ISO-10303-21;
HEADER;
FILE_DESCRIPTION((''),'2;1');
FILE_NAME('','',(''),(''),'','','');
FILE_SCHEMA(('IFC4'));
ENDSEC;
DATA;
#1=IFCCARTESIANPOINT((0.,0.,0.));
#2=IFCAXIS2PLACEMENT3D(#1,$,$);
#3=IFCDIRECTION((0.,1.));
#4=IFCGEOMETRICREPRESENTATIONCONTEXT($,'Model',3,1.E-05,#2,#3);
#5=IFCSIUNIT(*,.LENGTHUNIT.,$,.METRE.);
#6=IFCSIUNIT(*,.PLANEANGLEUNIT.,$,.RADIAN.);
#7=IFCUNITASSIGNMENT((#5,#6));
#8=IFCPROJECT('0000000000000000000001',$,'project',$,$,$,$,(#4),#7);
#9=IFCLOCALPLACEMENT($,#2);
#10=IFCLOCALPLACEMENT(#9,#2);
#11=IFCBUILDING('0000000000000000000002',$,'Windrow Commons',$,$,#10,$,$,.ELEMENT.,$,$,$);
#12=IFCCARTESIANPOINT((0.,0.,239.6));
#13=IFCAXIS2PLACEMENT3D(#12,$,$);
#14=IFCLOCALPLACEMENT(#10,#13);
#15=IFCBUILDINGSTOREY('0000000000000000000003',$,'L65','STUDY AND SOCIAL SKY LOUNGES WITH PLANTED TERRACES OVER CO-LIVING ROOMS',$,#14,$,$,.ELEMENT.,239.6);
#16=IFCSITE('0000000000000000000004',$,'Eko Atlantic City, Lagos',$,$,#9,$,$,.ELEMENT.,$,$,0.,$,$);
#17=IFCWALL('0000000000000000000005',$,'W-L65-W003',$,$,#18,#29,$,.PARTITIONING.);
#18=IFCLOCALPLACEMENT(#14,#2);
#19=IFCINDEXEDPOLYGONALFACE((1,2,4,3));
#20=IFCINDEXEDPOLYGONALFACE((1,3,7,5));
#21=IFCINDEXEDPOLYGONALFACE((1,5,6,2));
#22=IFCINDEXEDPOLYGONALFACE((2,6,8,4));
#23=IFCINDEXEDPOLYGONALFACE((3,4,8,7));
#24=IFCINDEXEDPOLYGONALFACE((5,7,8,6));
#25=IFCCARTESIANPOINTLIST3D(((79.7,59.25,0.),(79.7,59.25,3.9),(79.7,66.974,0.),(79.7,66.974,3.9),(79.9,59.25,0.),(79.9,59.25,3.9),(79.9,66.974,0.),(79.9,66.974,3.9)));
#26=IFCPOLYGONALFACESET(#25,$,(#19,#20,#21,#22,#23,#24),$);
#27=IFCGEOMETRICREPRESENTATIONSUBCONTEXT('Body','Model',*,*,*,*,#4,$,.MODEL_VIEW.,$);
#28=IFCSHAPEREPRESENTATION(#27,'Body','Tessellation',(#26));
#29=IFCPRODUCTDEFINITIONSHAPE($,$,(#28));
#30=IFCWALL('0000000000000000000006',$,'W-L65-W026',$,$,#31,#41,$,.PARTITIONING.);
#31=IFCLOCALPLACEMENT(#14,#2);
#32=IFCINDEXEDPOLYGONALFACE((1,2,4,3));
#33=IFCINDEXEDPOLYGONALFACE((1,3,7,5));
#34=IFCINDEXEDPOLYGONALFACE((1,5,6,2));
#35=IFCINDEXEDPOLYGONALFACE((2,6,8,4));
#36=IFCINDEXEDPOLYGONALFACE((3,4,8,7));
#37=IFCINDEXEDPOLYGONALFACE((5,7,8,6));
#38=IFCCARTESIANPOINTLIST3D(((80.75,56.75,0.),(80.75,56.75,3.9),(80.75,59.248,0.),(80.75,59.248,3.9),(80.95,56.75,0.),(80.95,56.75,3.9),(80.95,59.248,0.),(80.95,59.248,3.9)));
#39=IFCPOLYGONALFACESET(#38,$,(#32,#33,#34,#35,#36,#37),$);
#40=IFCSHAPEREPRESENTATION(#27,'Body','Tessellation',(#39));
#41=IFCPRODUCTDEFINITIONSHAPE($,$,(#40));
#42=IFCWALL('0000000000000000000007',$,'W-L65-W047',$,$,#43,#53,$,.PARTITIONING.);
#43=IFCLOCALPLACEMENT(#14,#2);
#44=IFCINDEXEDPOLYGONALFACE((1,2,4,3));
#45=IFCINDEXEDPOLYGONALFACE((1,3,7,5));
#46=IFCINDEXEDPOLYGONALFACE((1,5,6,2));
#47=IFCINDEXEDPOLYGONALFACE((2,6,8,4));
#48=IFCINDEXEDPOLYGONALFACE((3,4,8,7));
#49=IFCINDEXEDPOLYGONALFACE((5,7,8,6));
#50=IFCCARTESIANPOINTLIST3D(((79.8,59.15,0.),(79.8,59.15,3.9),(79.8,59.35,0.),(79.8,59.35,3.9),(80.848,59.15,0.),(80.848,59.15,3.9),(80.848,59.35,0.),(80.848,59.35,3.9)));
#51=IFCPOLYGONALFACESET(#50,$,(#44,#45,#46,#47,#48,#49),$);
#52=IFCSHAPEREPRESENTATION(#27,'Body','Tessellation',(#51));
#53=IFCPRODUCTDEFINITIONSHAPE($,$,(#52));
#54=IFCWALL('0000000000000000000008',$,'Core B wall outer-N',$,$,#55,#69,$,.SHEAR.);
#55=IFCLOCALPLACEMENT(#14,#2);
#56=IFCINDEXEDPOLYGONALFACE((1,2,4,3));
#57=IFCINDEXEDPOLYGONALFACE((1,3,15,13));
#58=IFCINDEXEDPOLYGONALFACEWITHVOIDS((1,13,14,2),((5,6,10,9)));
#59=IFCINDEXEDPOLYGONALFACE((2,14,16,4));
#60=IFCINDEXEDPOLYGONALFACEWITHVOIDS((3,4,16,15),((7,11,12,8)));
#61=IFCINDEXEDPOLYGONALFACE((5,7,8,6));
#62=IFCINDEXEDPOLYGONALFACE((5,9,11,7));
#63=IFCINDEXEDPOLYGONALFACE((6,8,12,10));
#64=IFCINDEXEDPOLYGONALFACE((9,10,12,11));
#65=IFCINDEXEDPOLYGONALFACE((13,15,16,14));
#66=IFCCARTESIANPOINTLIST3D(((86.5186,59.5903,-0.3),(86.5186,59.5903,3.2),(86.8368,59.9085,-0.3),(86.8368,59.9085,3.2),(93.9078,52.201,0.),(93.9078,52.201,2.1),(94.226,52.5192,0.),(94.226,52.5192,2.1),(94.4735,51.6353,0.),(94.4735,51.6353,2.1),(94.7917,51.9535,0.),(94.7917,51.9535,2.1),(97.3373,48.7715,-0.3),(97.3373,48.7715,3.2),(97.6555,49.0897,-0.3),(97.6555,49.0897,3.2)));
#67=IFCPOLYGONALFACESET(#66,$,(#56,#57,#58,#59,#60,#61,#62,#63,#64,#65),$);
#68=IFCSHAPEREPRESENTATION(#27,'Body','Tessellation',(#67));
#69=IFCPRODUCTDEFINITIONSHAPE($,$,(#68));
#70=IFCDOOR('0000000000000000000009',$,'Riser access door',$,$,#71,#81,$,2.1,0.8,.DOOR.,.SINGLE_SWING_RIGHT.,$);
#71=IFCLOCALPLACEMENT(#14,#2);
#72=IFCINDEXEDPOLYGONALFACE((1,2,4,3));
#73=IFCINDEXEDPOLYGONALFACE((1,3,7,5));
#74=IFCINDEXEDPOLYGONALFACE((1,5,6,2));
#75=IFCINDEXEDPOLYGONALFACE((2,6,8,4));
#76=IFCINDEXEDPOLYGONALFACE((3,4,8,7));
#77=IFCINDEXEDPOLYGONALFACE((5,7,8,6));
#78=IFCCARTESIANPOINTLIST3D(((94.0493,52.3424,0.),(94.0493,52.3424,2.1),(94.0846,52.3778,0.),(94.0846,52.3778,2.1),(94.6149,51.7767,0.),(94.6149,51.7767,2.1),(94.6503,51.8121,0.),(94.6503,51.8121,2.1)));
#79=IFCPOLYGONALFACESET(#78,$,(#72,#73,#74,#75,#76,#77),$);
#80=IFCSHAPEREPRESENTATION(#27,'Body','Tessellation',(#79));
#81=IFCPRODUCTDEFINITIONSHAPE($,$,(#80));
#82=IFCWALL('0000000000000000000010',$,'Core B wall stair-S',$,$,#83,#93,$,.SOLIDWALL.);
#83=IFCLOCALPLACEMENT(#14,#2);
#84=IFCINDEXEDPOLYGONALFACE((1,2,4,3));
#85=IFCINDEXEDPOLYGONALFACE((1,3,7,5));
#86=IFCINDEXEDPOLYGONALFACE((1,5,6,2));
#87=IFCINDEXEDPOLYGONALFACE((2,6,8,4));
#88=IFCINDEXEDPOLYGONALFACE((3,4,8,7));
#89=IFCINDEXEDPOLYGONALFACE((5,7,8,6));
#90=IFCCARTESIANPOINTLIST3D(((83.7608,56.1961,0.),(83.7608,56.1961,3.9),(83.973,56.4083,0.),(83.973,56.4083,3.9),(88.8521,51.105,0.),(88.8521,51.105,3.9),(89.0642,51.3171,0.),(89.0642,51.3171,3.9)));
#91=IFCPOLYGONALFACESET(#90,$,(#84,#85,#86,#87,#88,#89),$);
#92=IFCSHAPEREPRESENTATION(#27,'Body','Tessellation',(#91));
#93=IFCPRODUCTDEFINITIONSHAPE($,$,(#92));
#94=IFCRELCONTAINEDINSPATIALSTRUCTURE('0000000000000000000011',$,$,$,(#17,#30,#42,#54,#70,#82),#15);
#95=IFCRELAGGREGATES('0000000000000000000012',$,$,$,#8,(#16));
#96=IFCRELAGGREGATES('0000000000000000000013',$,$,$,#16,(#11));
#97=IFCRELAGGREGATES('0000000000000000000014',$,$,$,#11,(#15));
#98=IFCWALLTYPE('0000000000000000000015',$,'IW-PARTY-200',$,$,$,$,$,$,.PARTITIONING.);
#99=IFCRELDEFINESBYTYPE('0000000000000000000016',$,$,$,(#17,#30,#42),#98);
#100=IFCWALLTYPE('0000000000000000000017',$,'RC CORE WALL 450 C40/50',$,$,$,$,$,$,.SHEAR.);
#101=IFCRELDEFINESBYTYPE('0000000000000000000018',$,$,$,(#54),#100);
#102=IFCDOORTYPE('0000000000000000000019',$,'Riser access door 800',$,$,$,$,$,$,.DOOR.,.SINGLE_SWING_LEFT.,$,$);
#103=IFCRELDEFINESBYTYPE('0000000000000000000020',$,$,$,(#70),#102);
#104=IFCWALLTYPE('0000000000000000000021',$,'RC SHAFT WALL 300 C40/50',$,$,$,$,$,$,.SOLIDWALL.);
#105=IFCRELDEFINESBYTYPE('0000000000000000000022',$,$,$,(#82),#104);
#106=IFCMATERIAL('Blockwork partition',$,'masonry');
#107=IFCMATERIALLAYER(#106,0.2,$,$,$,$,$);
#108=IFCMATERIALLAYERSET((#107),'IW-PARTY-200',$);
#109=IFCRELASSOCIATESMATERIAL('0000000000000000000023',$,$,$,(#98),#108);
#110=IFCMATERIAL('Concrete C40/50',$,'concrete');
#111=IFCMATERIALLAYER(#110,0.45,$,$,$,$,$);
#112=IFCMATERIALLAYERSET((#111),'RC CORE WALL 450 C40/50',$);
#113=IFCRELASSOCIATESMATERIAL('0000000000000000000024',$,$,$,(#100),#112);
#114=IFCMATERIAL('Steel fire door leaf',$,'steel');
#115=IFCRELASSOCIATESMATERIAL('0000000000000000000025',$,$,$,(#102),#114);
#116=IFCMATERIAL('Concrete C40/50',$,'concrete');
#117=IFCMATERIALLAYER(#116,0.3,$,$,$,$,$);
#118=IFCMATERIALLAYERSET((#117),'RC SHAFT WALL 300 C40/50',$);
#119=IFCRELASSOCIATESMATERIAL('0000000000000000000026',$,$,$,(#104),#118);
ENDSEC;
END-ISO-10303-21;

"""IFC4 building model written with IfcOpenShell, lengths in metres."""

from ifc_helpers import new_model, si_unit, direction, frame, frame_2d, origin, place, context, subcontext, project, spatial, rectangle, extrude, material, layer, layer_set, type_object, element, fill, save


model = new_model("IFC4")

# Units and contexts
model_context = context("Model", 3, precision=1e-05, world=origin(), true_north=direction((0.0, 1.0)))
body_context = subcontext(model_context, "Body", "Model", "MODEL_VIEW")
ifc_project = project(units=[si_unit("LENGTHUNIT", "METRE"), si_unit("PLANEANGLEUNIT", "RADIAN")], contexts=[model_context])

# Site, building, storey
site_placement = place(None, origin())
site = spatial("IfcSite", under=ifc_project, at=site_placement, Name="Eko Atlantic City, Lagos", CompositionType="ELEMENT", RefElevation=0.0)
building_placement = place(site_placement, origin())
building = spatial("IfcBuilding", under=site, at=building_placement, Name="Windrow Commons", CompositionType="ELEMENT")
storey_placement = place(building_placement, frame((0.0, 0.0, 239.6)))
storey = spatial("IfcBuildingStorey", under=building, at=storey_placement, Name="L65", Description="STUDY AND SOCIAL SKY LOUNGES WITH PLANTED TERRACES OVER CO-LIVING ROOMS", CompositionType="ELEMENT", Elevation=239.6)

# Walls
ifc_material_1 = material(Name="Blockwork partition", Category="masonry")
ifc_layer_1 = layer(ifc_material_1, 0.2)
ifc_layer_set_1 = layer_set([ifc_layer_1], Name="IW-PARTY-200")
wall_type_1 = type_object("IfcWallType", Name="IW-PARTY-200", PredefinedType="PARTITIONING", material=ifc_layer_set_1)
wall_1_placement = place(storey_placement, frame((79.8, 59.25, 0.0), z_axis=(0.0, 0.0, 1.0), x_axis=(0.0, 1.0, 0.0)))
element("IfcWall", 1, at=wall_1_placement, inside=storey, type_object=wall_type_1, Name="W-L65-W003", PredefinedType="PARTITIONING", context=body_context, shape_type="SweptSolid", body=[
    extrude(rectangle(XDim=7.724, YDim=0.2, at=frame_2d((3.862, 0.0))), origin(), (0.0, 0.0, 1.0), 3.9),
])
wall_2_placement = place(storey_placement, frame((80.85, 56.75, 0.0), z_axis=(0.0, 0.0, 1.0), x_axis=(0.0, 1.0, 0.0)))
element("IfcWall", 2, at=wall_2_placement, inside=storey, type_object=wall_type_1, Name="W-L65-W026", PredefinedType="PARTITIONING", context=body_context, shape_type="SweptSolid", body=[
    extrude(rectangle(XDim=2.498, YDim=0.2, at=frame_2d((1.249, 0.0))), origin(), (0.0, 0.0, 1.0), 3.9),
])
wall_3_placement = place(storey_placement, frame((79.8, 59.25, 0.0), z_axis=(0.0, 0.0, 1.0), x_axis=(1.0, 0.0, 0.0)))
element("IfcWall", 3, at=wall_3_placement, inside=storey, type_object=wall_type_1, Name="W-L65-W047", PredefinedType="PARTITIONING", context=body_context, shape_type="SweptSolid", body=[
    extrude(rectangle(XDim=1.048, YDim=0.2, at=frame_2d((0.524, 0.0))), origin(), (0.0, 0.0, 1.0), 3.9),
])

# Wall, opening, door
ifc_material_2 = material(Name="Concrete C40/50", Category="concrete")
ifc_layer_2 = layer(ifc_material_2, 0.45)
ifc_layer_set_2 = layer_set([ifc_layer_2], Name="RC CORE WALL 450 C40/50")
wall_type_2 = type_object("IfcWallType", Name="RC CORE WALL 450 C40/50", PredefinedType="SHEAR", material=ifc_layer_set_2)
wall_4_placement = place(storey_placement, frame((86.6777, 59.7494, -0.3), z_axis=(0.0, 0.0, 1.0), x_axis=(0.707104, -0.70711, 0.0)))
wall_4 = element("IfcWall", 4, at=wall_4_placement, inside=storey, type_object=wall_type_2, Name="Core B wall outer-N", PredefinedType="SHEAR", context=body_context, shape_type="SweptSolid", body=[
    extrude(rectangle(XDim=15.3, YDim=0.45, at=frame_2d((7.65, 0.0))), origin(), (0.0, 0.0, 1.0), 3.5),
])
opening_1_placement = place(wall_4_placement, frame((10.45, 0.0, 0.3)))
opening_1 = element("IfcOpeningElement", 5, at=opening_1_placement, cuts=wall_4, PredefinedType="OPENING", context=body_context, shape_type="SweptSolid", body=[
    extrude(rectangle(XDim=0.8, YDim=2.1, at=frame_2d((0.4, 1.05))), frame((0.0, 0.235, 0.0), z_axis=(0.0, -1.0, 0.0), x_axis=(1.0, 0.0, 0.0)), (0.0, 0.0, 1.0), 0.47),
])
ifc_material_3 = material(Name="Steel fire door leaf", Category="steel")
door_type_1 = type_object("IfcDoorType", Name="Riser access door 800", OperationType="SINGLE_SWING_LEFT", PredefinedType="DOOR", material=ifc_material_3)
door_1_placement = place(opening_1_placement, origin())
door_1 = element("IfcDoor", 6, at=door_1_placement, inside=storey, type_object=door_type_1, Name="Riser access door", OperationType="SINGLE_SWING_RIGHT", OverallHeight=2.1, OverallWidth=0.8, PredefinedType="DOOR", context=body_context, shape_type="SweptSolid", body=[
    extrude(rectangle(XDim=0.8, YDim=2.1, at=frame_2d((0.4, 1.05))), frame((0.0, 0.025, 0.0), z_axis=(0.0, -1.0, 0.0), x_axis=(1.0, 0.0, 0.0)), (0.0, 0.0, 1.0), 0.05),
])
fill(opening_1, door_1)

# Wall
ifc_material_4 = material(Name="Concrete C40/50", Category="concrete")
ifc_layer_3 = layer(ifc_material_4, 0.3)
ifc_layer_set_3 = layer_set([ifc_layer_3], Name="RC SHAFT WALL 300 C40/50")
wall_type_3 = type_object("IfcWallType", Name="RC SHAFT WALL 300 C40/50", PredefinedType="SOLIDWALL", material=ifc_layer_set_3)
wall_5_placement = place(storey_placement, frame((83.8669, 56.3022, 0.0), z_axis=(0.0, 0.0, 1.0), x_axis=(0.707114, -0.7071, 0.0)))
element("IfcWall", 7, at=wall_5_placement, inside=storey, type_object=wall_type_3, Name="Core B wall stair-S", PredefinedType="SOLIDWALL", context=body_context, shape_type="SweptSolid", body=[
    extrude(rectangle(XDim=7.2, YDim=0.3, at=frame_2d((3.6, 0.0))), origin(), (0.0, 0.0, 1.0), 3.9),
])

save(model, "model.ifc")
